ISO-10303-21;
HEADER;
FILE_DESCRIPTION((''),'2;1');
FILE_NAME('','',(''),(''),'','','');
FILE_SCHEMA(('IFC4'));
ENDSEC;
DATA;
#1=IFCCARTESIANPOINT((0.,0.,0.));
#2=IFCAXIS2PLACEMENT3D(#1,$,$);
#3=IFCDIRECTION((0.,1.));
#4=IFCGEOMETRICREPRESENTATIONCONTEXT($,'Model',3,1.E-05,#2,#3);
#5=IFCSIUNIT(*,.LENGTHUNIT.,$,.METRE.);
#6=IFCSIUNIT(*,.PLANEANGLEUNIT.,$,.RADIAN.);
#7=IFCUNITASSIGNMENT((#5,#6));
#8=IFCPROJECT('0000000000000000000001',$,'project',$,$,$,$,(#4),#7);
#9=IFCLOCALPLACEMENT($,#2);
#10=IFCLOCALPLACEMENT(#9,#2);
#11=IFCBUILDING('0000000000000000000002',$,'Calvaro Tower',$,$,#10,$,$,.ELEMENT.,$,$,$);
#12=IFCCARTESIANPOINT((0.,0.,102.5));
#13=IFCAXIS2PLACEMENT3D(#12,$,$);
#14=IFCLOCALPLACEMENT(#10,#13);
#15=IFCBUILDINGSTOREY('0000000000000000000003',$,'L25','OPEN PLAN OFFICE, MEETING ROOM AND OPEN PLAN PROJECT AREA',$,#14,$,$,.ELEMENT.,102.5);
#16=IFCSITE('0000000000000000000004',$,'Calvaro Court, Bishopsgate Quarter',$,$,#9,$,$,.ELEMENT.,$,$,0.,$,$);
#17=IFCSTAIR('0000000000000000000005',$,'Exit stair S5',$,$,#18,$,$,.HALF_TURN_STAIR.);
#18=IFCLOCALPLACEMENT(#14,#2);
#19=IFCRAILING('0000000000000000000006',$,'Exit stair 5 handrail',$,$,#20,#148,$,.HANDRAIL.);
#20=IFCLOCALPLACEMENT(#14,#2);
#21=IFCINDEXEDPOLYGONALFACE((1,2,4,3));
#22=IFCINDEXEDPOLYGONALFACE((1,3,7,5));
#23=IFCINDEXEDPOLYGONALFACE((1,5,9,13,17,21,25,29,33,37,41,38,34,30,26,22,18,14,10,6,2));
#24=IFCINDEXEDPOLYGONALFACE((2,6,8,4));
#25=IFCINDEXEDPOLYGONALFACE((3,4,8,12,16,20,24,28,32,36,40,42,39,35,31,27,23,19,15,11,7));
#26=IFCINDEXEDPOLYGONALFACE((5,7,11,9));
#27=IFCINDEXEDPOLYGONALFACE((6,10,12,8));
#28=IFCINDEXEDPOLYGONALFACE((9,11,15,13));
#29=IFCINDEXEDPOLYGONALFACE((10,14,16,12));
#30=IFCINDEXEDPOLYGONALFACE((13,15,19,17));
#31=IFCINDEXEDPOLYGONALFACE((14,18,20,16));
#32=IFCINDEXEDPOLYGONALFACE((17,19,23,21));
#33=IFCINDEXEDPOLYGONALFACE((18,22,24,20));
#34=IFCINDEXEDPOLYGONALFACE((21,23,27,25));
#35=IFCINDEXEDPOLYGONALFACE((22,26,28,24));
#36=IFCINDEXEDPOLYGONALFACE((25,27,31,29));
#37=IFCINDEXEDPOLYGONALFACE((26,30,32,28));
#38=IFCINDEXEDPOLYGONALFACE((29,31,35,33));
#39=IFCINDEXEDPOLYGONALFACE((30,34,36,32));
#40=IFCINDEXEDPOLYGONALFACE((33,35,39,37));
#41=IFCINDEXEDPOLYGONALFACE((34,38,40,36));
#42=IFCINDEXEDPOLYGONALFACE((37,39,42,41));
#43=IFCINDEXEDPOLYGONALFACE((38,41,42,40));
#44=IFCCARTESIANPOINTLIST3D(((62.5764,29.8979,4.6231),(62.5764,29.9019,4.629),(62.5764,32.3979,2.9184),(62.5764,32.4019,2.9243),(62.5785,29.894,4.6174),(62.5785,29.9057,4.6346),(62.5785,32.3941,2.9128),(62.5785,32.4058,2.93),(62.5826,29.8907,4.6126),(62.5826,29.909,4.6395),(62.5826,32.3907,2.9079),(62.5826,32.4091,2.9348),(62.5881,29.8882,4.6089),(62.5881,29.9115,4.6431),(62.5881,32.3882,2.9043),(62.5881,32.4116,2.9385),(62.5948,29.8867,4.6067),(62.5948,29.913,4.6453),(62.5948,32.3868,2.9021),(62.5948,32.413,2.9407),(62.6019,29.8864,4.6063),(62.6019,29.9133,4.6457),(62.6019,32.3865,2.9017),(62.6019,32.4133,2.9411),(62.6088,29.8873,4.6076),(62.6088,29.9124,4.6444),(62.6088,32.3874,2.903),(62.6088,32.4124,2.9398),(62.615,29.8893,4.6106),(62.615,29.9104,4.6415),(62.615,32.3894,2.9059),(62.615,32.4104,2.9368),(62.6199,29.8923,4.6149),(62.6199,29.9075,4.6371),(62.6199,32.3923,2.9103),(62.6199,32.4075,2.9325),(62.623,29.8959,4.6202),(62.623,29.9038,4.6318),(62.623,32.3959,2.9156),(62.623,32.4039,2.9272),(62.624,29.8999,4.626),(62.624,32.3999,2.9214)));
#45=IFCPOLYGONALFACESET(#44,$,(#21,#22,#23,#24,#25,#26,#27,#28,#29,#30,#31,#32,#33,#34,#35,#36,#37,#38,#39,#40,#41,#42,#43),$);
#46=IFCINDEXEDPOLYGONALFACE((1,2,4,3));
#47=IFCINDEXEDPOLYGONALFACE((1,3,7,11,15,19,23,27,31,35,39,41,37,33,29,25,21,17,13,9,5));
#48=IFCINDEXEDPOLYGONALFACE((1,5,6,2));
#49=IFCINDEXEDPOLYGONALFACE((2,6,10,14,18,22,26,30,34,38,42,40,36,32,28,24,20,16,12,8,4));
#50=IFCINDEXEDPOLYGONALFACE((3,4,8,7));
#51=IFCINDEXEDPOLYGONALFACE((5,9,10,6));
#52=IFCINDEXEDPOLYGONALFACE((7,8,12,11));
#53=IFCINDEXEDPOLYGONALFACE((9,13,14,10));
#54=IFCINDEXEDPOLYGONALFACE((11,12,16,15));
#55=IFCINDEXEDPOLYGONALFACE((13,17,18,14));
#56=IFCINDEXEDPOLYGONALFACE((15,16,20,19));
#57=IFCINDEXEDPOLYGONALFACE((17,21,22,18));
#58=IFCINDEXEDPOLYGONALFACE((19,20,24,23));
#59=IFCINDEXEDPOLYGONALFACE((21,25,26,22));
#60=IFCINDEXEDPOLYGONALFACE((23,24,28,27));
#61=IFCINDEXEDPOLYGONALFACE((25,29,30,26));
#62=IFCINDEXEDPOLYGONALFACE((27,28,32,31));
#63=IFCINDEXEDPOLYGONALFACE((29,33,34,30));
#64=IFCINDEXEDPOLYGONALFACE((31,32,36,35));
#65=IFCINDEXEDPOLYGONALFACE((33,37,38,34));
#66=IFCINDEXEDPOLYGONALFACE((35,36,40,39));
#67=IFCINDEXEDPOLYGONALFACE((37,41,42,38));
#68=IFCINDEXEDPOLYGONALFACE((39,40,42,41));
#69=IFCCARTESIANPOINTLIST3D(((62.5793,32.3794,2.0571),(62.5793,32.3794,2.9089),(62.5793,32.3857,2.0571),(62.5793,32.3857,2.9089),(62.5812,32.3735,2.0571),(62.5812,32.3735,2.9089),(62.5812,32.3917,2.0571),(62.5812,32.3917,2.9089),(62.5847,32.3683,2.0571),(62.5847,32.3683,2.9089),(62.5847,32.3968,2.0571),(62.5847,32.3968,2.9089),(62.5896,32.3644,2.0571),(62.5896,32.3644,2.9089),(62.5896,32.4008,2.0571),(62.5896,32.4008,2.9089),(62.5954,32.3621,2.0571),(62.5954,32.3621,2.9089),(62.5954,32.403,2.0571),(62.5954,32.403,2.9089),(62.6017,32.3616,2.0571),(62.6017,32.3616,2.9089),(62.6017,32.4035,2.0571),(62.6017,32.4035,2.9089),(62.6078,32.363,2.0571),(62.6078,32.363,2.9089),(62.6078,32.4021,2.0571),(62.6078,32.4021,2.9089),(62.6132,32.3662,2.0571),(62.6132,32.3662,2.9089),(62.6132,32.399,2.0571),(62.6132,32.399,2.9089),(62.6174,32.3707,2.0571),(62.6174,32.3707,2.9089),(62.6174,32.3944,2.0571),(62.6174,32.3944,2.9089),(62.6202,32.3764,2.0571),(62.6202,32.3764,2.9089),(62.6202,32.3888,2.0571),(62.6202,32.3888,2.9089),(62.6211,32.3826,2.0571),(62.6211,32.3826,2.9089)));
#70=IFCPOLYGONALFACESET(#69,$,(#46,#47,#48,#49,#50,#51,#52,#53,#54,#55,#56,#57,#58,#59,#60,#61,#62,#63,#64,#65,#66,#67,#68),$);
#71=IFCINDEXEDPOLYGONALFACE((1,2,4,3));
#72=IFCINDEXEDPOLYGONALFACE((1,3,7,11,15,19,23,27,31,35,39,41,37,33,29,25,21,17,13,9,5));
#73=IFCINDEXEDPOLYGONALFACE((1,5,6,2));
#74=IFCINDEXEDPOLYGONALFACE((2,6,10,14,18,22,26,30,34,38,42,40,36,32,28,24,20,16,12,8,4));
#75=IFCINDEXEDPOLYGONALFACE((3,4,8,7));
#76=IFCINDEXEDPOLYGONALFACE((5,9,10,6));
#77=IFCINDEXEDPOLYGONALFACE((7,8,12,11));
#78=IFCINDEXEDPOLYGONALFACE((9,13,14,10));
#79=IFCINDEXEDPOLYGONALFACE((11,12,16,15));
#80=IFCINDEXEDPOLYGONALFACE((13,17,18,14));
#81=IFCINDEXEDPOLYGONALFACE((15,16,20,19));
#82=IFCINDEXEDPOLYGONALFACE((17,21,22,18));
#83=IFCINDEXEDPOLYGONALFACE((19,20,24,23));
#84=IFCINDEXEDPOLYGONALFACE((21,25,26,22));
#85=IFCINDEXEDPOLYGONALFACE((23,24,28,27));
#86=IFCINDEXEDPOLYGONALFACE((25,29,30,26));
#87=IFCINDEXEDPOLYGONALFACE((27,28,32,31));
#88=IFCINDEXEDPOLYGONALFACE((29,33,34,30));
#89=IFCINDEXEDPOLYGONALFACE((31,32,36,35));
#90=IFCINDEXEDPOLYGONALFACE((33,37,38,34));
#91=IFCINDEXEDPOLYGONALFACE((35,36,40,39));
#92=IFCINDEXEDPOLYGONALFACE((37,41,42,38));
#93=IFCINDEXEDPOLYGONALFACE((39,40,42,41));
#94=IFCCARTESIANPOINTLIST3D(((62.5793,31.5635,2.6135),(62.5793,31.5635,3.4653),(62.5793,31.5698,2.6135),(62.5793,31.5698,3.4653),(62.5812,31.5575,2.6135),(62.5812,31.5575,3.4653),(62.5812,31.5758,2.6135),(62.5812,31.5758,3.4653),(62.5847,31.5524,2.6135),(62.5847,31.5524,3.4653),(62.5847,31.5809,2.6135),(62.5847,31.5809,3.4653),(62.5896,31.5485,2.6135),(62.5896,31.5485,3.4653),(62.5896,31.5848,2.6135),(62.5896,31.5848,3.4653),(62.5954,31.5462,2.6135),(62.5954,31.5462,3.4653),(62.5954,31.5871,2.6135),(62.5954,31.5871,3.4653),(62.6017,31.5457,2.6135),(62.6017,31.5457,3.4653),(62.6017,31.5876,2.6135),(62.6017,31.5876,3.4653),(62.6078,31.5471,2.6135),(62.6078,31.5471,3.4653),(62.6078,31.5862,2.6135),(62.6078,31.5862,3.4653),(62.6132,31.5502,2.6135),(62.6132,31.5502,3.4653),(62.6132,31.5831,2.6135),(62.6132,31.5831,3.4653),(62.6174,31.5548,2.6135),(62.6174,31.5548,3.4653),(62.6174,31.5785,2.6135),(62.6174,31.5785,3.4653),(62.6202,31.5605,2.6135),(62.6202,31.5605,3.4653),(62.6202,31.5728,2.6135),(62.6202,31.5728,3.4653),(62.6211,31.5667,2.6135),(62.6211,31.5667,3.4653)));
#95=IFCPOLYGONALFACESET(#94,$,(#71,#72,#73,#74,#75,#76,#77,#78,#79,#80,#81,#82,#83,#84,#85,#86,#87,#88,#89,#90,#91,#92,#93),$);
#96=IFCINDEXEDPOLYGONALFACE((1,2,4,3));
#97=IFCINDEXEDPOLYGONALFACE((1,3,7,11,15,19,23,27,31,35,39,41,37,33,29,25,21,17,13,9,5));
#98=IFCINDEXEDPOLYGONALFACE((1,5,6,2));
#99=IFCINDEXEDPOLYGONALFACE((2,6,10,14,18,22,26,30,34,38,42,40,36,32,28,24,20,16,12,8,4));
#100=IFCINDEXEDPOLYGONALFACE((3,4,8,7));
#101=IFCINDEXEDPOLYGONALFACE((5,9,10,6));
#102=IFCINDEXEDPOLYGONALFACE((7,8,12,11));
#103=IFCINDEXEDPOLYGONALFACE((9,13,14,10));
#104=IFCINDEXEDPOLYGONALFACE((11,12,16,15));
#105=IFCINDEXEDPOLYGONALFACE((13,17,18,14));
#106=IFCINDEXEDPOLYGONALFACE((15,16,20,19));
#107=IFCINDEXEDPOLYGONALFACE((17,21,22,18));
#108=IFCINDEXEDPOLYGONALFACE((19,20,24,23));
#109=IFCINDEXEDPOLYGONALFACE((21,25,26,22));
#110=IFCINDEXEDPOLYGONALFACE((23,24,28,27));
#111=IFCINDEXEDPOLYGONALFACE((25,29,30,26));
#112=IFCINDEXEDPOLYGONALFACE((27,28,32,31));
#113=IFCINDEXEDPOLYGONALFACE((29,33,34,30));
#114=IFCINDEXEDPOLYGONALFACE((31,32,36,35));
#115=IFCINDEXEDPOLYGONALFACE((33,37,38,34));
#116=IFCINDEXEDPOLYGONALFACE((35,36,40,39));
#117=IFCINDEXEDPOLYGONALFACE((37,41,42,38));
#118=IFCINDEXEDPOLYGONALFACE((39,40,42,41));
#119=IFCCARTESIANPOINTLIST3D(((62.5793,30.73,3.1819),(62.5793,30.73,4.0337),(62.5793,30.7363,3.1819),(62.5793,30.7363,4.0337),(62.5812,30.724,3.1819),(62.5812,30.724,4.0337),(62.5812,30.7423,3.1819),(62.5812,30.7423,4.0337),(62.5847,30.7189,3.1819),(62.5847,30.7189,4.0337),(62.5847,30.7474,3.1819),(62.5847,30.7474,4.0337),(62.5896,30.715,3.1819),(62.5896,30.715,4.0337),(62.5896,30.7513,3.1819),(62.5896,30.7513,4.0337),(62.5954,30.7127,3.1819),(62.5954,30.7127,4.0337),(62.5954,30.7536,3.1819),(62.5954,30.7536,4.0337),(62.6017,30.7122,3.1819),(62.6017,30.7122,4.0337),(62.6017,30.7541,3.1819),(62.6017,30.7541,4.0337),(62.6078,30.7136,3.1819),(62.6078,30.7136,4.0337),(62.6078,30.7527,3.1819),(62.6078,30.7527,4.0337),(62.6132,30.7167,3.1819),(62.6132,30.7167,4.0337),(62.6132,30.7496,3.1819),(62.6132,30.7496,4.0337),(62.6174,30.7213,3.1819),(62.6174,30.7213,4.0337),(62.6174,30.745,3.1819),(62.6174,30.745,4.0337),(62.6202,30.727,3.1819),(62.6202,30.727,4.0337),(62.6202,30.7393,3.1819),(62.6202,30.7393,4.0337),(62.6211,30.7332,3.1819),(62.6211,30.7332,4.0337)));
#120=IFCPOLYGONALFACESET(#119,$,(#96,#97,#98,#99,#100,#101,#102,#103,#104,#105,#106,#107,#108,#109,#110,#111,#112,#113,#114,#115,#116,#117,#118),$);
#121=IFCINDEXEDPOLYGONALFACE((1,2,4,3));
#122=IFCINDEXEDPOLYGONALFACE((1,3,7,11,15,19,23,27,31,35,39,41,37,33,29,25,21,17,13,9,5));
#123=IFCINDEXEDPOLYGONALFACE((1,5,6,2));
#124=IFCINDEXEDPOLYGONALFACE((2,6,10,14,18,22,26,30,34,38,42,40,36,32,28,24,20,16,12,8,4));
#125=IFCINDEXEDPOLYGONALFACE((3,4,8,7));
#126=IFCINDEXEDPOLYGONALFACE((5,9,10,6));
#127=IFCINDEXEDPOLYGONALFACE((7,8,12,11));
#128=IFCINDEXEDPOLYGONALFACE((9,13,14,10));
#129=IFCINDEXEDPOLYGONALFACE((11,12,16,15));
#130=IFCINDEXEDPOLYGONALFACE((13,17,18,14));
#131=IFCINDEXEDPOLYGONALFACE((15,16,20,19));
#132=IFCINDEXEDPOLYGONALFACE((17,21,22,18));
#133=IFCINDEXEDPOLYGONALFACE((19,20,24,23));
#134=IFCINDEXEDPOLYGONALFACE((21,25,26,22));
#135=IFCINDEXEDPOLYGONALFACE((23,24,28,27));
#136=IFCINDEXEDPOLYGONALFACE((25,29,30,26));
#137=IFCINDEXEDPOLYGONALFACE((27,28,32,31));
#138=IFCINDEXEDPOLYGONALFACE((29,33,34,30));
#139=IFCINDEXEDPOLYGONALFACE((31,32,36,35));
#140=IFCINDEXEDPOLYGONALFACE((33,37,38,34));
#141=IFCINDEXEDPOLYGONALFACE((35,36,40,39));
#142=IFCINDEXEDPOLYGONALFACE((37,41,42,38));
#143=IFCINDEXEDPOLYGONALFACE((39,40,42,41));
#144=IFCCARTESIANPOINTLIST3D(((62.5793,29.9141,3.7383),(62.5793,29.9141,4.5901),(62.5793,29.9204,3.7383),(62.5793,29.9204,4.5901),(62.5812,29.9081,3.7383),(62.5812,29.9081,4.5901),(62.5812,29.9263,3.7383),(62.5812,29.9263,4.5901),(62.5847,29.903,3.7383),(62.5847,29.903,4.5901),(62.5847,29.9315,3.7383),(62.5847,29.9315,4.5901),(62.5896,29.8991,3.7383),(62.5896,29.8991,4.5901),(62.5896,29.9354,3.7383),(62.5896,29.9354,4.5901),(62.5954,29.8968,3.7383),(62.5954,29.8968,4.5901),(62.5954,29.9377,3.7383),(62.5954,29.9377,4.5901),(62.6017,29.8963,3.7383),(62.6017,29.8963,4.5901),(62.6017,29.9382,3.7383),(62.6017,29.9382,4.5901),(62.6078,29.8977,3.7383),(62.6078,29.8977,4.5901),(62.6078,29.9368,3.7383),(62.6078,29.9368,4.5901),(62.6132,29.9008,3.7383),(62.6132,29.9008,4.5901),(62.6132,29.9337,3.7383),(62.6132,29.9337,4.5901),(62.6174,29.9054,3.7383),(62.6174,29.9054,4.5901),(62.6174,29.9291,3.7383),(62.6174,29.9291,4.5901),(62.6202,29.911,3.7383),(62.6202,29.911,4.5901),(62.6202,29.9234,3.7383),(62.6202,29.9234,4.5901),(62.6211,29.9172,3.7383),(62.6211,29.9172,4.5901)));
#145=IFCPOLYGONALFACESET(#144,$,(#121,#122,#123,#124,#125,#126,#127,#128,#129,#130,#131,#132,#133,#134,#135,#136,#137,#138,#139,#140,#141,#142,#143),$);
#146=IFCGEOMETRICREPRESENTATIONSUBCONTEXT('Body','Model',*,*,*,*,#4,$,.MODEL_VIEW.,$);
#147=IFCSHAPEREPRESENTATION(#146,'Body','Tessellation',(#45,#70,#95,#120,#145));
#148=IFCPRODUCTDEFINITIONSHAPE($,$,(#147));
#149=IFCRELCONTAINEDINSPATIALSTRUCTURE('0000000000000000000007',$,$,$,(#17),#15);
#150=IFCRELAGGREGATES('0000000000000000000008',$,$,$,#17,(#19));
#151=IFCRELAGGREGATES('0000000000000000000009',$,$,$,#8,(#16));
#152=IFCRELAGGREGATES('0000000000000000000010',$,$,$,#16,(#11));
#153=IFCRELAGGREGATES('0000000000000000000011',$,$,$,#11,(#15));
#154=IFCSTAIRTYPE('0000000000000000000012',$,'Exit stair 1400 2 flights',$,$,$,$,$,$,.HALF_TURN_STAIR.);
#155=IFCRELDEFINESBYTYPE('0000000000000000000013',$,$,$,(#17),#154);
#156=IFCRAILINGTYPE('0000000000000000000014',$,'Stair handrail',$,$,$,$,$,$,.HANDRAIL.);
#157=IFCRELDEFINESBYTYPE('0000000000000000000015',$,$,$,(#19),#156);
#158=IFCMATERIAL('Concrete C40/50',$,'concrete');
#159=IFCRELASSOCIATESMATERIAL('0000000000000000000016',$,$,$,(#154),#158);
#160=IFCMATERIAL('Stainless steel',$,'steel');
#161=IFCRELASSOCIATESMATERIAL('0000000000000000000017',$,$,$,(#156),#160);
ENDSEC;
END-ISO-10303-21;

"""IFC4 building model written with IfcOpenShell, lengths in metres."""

from ifc_helpers import new_model, si_unit, direction, frame, origin, origin_2d, place, context, subcontext, project, spatial, circle, extrude, material, type_object, element, aggregate, save


model = new_model("IFC4")

# Units and contexts
model_context = context("Model", 3, precision=1e-05, world=origin(), true_north=direction((0.0, 1.0)))
body_context = subcontext(model_context, "Body", "Model", "MODEL_VIEW")
ifc_project = project(units=[si_unit("LENGTHUNIT", "METRE"), si_unit("PLANEANGLEUNIT", "RADIAN")], contexts=[model_context])

# Site, building, storey
site_placement = place(None, origin())
site = spatial("IfcSite", under=ifc_project, at=site_placement, Name="Calvaro Court, Bishopsgate Quarter", CompositionType="ELEMENT", RefElevation=0.0)
building_placement = place(site_placement, origin())
building = spatial("IfcBuilding", under=site, at=building_placement, Name="Calvaro Tower", CompositionType="ELEMENT")
storey_placement = place(building_placement, frame((0.0, 0.0, 102.5)))
storey = spatial("IfcBuildingStorey", under=building, at=storey_placement, Name="L25", Description="OPEN PLAN OFFICE, MEETING ROOM AND OPEN PLAN PROJECT AREA", CompositionType="ELEMENT", Elevation=102.5)

# Stair
ifc_material_1 = material(Name="Concrete C40/50", Category="concrete")
stair_type = type_object("IfcStairType", Name="Exit stair 1400 2 flights", PredefinedType="HALF_TURN_STAIR", material=ifc_material_1)
stair_1_placement = place(storey_placement, origin())
stair_1 = element("IfcStair", 1, at=stair_1_placement, inside=storey, type_object=stair_type, Name="Exit stair S5", PredefinedType="HALF_TURN_STAIR")

# Shared definitions
ifc_material_2 = material(Name="Stainless steel", Category="steel")
railing_type = type_object("IfcRailingType", Name="Stair handrail", PredefinedType="HANDRAIL", material=ifc_material_2)

# Railing
railing_1_placement = place(storey_placement, frame((62.6001, 32.3999, 2.0454)))
railing_1 = element("IfcRailing", 2, at=railing_1_placement, type_object=railing_type, Name="Exit stair 5 handrail", PredefinedType="HANDRAIL", context=body_context, shape_type="SweptSolid", body=[
    extrude(circle(Radius=0.0239, at=origin_2d()), frame((0.0, 0.0, 0.876), z_axis=(0.0, -0.826221, 0.563347), x_axis=(1.0, 0.0, 0.0)), (0.0, 0.0, 1.0), 3.0259),
    extrude(circle(Radius=0.021, at=origin_2d()), frame((0.0, -0.0173, 0.0117)), (0.0, 0.0, 1.0), 0.8518),
    extrude(circle(Radius=0.021, at=origin_2d()), frame((0.0, -0.8333, 0.5681)), (0.0, 0.0, 1.0), 0.8518),
    extrude(circle(Radius=0.021, at=origin_2d()), frame((0.0, -1.6667, 1.1365)), (0.0, 0.0, 1.0), 0.8518),
    extrude(circle(Radius=0.021, at=origin_2d()), frame((0.0, -2.4827, 1.6929)), (0.0, 0.0, 1.0), 0.8518),
])
aggregate(stair_1, [railing_1])

save(model, "model.ifc")
